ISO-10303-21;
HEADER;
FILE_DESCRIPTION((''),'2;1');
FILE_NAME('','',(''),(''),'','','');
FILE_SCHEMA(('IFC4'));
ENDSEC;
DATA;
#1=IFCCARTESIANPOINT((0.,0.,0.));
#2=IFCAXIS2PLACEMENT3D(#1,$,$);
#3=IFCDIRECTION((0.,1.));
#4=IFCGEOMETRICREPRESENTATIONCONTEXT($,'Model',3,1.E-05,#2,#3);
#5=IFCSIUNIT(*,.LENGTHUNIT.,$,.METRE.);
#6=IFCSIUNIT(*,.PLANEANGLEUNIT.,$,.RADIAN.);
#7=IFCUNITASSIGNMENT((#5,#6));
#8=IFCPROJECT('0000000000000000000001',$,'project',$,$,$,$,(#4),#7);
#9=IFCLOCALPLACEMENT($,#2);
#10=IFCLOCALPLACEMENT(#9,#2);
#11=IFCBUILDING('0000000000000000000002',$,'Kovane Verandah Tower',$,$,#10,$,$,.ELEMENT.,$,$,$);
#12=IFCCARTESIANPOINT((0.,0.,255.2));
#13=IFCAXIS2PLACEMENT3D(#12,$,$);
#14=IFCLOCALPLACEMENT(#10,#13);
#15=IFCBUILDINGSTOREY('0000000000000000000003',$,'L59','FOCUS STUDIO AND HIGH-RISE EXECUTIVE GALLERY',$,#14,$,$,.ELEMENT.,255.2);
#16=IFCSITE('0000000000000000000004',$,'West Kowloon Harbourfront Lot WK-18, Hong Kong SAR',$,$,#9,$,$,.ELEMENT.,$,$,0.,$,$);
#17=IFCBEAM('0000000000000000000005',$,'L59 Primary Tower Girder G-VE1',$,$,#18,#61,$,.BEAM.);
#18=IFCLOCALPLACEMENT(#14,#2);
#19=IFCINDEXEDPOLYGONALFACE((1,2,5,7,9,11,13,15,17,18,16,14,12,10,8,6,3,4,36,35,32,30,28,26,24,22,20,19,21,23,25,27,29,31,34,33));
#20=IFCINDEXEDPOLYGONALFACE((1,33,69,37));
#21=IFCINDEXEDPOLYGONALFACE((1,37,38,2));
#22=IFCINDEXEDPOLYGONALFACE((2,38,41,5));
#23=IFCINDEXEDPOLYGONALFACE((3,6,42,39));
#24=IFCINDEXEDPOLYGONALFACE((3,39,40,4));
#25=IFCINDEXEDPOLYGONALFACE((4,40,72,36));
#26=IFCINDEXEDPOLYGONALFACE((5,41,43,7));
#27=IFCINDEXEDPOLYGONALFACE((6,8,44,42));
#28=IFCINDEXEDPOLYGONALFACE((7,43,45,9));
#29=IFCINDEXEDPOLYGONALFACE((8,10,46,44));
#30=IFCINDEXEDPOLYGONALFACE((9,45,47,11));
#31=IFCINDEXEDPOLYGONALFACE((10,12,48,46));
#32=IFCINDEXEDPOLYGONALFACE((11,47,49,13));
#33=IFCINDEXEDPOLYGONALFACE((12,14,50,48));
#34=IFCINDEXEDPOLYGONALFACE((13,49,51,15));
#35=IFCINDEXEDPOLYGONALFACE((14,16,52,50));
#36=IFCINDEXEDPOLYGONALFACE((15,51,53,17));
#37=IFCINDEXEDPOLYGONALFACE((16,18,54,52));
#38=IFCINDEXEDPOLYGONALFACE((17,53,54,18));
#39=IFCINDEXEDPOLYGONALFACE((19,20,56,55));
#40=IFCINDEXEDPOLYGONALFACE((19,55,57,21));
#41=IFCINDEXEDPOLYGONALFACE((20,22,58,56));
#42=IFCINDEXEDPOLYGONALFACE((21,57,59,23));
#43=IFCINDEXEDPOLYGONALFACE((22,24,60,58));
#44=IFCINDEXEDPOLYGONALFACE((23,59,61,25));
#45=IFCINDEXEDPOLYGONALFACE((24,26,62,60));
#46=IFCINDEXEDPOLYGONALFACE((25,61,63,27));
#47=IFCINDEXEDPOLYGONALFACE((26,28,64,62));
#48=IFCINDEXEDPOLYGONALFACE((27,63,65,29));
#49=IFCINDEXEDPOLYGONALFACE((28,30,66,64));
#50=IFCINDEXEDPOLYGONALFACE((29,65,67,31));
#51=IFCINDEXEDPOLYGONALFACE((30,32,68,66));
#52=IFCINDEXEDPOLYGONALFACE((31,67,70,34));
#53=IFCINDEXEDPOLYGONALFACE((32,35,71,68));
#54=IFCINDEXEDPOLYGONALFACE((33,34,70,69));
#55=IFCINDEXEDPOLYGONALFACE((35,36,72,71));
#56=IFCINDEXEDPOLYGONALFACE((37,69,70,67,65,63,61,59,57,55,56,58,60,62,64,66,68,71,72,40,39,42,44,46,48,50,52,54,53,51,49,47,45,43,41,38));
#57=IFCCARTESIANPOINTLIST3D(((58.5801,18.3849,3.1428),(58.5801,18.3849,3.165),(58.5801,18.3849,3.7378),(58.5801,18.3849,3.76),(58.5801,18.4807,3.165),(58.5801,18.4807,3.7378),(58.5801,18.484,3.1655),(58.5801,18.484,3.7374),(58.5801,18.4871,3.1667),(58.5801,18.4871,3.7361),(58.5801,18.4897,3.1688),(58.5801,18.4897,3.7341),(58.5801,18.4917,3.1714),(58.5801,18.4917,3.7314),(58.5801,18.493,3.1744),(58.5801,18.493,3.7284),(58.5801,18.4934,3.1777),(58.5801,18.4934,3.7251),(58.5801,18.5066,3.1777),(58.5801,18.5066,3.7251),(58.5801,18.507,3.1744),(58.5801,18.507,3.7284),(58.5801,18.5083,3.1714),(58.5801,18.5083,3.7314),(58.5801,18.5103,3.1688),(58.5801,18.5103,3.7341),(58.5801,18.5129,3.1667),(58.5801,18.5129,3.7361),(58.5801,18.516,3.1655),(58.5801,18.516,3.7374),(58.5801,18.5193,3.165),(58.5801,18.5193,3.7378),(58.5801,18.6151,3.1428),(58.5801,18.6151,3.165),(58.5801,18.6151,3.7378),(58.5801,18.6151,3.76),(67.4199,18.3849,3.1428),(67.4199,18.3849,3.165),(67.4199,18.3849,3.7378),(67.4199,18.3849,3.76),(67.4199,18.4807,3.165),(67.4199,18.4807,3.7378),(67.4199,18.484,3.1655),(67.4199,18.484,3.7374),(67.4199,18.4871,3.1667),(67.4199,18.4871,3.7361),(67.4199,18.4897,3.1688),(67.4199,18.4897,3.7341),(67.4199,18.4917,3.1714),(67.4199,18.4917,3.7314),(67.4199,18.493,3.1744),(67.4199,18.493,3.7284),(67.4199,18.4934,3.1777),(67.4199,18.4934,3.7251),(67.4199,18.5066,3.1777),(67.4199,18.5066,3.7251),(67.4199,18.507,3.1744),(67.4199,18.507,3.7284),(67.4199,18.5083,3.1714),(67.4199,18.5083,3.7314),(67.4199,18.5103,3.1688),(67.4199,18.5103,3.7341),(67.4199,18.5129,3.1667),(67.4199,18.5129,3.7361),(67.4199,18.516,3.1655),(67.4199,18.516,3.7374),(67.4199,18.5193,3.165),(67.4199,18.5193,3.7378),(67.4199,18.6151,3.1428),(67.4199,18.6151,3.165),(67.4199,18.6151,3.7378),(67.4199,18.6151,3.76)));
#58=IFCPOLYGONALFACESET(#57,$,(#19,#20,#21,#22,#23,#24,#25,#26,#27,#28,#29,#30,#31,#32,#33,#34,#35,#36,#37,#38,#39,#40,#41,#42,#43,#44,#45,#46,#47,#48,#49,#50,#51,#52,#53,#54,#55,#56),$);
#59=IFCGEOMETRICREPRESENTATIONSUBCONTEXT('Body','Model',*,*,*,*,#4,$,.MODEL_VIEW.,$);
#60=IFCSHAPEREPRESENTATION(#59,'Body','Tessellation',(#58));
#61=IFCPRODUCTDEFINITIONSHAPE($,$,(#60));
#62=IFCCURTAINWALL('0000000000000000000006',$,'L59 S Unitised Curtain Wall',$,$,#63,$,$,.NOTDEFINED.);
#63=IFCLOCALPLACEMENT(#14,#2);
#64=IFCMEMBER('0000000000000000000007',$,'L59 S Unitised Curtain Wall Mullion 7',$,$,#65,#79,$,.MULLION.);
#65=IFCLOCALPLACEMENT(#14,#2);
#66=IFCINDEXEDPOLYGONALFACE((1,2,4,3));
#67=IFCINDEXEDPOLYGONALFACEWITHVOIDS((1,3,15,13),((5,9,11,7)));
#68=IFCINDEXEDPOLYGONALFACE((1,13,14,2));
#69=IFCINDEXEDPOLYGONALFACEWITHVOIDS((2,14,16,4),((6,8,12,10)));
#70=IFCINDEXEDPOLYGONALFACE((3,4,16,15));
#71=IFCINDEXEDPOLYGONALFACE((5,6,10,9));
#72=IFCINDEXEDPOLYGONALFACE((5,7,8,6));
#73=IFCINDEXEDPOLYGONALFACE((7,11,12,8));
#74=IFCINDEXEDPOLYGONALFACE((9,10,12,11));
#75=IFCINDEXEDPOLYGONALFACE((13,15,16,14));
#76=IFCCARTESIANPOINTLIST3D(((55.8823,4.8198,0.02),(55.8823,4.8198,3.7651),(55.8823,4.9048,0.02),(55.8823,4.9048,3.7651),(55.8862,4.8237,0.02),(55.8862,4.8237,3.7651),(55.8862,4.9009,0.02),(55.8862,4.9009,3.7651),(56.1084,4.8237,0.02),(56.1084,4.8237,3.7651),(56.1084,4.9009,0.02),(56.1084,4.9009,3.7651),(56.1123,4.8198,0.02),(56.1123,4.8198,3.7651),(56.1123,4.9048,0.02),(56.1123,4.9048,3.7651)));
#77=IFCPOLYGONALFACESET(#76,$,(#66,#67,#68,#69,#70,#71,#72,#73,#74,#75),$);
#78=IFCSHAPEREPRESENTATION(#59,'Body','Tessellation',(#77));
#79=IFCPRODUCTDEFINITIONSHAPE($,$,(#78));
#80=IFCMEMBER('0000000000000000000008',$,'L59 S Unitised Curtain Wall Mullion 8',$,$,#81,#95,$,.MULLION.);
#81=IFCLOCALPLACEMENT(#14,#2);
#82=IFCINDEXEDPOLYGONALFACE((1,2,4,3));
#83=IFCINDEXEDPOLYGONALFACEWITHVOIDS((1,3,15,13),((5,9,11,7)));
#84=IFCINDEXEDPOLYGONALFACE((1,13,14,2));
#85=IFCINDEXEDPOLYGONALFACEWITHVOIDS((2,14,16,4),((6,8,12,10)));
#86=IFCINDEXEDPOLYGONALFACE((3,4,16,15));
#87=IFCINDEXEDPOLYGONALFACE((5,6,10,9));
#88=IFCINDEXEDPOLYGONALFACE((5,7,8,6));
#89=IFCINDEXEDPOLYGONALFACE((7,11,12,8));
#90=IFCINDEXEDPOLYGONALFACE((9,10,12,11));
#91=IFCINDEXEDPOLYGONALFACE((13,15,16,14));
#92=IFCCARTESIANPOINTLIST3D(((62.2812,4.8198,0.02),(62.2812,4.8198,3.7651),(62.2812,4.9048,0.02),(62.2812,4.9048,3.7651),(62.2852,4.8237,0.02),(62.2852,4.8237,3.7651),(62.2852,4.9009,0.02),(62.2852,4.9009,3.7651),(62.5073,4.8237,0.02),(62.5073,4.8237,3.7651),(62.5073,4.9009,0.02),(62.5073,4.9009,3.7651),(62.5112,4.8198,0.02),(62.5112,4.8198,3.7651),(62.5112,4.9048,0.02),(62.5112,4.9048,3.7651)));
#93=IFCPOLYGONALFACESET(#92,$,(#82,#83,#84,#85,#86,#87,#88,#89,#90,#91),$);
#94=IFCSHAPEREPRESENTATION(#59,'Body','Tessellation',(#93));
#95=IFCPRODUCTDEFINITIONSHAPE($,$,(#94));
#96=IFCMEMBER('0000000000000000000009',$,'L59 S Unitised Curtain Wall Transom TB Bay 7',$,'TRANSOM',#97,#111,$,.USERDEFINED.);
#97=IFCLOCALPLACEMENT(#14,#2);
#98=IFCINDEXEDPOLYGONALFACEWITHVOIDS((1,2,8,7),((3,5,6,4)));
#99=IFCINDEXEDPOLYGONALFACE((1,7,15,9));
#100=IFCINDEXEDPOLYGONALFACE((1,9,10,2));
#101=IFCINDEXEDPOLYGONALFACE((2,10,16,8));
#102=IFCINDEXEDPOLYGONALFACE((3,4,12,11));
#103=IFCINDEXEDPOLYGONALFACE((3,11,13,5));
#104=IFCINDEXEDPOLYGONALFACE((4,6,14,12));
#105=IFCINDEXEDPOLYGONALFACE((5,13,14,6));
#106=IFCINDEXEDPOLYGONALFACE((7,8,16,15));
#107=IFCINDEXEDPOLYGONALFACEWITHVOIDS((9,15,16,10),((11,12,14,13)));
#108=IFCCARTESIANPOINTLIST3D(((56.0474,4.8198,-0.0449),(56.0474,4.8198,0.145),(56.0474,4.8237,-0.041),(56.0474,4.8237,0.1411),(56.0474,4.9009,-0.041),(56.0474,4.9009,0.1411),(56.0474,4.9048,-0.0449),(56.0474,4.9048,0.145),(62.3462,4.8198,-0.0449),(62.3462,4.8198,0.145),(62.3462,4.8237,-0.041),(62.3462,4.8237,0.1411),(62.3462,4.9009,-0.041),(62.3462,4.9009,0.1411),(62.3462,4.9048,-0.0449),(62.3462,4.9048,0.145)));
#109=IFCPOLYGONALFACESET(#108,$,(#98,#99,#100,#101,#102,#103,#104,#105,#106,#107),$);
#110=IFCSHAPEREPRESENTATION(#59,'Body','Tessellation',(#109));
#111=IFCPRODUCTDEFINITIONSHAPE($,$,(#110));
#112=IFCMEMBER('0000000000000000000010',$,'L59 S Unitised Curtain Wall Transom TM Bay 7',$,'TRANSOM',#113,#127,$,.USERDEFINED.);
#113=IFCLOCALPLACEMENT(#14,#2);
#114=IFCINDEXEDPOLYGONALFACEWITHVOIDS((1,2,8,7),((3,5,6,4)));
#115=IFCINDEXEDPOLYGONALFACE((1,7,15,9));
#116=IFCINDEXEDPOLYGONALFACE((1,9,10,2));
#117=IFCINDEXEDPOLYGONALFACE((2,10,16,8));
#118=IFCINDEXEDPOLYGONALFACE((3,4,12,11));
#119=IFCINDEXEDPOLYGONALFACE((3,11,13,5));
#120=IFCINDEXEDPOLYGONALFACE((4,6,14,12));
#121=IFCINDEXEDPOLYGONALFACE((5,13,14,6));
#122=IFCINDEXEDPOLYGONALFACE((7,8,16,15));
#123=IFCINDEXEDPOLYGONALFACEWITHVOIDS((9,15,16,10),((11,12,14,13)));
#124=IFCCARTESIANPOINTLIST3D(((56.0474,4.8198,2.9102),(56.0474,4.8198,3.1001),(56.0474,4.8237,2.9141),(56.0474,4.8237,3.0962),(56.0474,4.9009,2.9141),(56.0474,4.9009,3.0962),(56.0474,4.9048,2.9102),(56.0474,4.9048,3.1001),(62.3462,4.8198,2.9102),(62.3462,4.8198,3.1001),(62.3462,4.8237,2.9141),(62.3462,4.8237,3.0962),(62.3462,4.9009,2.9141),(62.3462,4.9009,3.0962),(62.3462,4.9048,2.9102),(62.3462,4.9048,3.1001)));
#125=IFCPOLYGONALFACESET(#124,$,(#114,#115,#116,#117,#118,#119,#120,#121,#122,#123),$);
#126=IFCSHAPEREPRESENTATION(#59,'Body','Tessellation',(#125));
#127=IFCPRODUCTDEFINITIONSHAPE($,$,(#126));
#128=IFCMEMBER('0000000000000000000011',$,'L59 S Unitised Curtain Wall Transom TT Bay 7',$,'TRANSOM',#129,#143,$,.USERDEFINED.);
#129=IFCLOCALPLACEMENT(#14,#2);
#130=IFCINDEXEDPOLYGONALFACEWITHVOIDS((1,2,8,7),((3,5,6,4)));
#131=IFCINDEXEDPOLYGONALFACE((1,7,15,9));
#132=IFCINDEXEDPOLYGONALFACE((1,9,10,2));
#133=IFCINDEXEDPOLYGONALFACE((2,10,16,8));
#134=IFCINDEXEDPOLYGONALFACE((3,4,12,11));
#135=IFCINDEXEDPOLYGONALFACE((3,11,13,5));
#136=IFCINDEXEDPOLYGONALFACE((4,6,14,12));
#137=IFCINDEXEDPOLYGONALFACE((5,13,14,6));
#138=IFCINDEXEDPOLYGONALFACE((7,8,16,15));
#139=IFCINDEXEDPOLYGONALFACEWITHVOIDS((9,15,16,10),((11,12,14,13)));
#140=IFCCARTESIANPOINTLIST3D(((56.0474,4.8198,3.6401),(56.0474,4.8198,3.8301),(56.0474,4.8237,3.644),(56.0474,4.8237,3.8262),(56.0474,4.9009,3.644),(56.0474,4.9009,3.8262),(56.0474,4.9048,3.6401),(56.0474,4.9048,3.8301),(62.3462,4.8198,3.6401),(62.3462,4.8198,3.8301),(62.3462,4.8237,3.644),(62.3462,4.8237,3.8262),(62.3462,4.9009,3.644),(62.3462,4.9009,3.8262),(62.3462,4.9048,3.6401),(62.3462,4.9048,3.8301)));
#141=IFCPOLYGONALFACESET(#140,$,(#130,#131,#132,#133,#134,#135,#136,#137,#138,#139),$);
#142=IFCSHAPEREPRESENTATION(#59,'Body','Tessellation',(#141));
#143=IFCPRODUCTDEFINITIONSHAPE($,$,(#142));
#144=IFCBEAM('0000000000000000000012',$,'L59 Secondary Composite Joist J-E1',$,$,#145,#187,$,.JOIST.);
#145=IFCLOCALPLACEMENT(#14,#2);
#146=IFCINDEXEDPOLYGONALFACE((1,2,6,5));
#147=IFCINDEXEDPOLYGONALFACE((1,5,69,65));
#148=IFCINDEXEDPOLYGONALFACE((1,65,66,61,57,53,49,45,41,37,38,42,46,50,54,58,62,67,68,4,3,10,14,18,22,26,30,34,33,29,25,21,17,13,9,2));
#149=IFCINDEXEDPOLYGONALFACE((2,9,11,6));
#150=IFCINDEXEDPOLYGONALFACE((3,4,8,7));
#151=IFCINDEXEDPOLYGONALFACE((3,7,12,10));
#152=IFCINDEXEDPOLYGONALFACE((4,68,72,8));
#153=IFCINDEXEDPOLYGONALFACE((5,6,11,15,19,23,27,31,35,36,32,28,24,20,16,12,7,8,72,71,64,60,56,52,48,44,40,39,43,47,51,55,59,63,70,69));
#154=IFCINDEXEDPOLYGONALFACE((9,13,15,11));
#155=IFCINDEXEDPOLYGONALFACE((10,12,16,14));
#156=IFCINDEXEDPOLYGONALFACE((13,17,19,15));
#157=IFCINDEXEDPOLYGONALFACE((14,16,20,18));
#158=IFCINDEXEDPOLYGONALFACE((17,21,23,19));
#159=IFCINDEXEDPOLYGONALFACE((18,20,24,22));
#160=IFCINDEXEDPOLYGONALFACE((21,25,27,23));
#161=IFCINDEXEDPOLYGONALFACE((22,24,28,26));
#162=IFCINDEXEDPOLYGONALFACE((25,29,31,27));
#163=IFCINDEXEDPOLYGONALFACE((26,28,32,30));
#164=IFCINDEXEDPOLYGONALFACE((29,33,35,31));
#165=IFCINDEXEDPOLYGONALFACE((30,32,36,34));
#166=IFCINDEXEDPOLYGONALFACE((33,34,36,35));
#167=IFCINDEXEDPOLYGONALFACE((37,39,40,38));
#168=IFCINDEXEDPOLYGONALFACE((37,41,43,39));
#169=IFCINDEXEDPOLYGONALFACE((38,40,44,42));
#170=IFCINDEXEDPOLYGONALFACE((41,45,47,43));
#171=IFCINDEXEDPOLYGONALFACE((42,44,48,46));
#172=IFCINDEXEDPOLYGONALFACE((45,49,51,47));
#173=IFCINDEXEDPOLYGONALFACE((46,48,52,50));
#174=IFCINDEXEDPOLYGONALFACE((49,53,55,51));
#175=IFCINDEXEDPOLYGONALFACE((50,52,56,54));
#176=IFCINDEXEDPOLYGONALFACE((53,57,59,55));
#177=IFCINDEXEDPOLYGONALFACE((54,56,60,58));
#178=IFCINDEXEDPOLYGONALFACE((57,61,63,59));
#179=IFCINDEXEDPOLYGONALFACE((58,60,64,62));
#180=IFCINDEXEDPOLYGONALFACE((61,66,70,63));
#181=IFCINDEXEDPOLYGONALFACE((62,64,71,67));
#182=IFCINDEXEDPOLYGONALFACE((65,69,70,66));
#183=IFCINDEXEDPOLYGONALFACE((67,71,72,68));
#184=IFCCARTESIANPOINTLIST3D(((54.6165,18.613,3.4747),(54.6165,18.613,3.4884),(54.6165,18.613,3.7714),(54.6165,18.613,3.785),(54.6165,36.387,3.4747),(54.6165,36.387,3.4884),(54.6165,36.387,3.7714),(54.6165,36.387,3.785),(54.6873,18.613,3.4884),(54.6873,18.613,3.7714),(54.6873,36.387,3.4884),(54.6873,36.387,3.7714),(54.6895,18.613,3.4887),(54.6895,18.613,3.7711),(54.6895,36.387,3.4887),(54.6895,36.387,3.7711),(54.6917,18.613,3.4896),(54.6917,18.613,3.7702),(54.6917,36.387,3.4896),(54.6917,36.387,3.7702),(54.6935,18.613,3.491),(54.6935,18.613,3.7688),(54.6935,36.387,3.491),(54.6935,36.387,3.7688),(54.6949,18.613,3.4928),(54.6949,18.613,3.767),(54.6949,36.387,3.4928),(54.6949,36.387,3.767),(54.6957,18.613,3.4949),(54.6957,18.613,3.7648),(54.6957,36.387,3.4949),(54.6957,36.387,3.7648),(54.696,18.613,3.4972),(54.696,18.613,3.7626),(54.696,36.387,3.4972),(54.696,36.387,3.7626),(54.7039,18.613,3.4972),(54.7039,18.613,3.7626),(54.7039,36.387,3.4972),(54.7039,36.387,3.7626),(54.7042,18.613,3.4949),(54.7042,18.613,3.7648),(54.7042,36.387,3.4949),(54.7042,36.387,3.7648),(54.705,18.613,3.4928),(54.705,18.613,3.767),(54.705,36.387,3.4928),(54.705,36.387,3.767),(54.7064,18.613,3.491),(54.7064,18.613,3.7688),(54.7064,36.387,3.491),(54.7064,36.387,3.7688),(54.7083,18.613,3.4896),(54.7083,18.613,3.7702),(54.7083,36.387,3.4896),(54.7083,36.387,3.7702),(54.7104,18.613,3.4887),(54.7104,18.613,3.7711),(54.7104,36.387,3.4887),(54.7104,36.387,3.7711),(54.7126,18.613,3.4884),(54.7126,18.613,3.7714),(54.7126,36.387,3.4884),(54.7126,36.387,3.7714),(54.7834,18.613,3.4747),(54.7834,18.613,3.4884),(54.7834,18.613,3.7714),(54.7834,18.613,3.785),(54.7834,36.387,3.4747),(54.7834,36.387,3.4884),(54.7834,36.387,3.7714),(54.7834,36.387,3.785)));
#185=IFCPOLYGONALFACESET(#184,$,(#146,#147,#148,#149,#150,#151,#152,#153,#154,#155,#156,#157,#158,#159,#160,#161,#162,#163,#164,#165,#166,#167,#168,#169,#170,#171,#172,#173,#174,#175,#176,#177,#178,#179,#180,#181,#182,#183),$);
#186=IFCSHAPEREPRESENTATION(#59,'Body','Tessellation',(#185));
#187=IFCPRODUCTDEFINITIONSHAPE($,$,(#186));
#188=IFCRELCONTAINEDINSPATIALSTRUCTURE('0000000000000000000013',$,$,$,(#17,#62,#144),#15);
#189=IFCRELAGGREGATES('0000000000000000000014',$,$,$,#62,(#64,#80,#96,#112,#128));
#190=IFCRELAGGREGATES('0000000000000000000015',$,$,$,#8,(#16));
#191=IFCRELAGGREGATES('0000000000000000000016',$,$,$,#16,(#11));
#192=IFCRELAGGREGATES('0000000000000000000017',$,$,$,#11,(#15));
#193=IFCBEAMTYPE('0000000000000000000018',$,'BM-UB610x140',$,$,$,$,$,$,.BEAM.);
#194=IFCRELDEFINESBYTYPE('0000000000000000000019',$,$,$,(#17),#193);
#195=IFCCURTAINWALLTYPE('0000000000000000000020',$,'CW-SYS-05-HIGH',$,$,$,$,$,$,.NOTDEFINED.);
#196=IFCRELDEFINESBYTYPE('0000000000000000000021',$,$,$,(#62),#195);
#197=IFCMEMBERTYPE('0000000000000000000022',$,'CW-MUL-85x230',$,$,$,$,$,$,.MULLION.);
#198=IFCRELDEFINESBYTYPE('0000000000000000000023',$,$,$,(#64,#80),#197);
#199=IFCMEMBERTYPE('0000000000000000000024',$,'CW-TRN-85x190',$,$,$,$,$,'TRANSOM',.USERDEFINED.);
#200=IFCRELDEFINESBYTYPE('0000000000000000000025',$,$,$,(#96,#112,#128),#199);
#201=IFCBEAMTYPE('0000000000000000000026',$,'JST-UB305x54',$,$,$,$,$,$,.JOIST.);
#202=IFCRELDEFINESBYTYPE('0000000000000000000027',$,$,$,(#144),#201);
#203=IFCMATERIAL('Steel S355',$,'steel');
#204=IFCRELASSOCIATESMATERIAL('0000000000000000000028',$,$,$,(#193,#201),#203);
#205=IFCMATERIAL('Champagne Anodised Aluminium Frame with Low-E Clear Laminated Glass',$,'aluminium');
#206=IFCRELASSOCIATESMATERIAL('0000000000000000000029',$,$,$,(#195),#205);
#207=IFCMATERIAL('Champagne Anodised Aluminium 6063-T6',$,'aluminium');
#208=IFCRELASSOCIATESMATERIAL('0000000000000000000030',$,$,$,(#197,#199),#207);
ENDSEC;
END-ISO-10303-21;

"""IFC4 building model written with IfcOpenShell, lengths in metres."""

from ifc_helpers import new_model, si_unit, direction, frame, origin, origin_2d, place, context, subcontext, project, spatial, hollow_rectangle, i_section, extrude, material, material_profile, profile_set, type_object, element, aggregate, save


model = new_model("IFC4")

# Units and contexts
model_context = context("Model", 3, precision=1e-05, world=origin(), true_north=direction((0.0, 1.0)))
body_context = subcontext(model_context, "Body", "Model", "MODEL_VIEW")
ifc_project = project(units=[si_unit("LENGTHUNIT", "METRE"), si_unit("PLANEANGLEUNIT", "RADIAN")], contexts=[model_context])

# Site, building, storey
site_placement = place(None, origin())
site = spatial("IfcSite", under=ifc_project, at=site_placement, Name="West Kowloon Harbourfront Lot WK-18, Hong Kong SAR", CompositionType="ELEMENT", RefElevation=0.0)
building_placement = place(site_placement, origin())
building = spatial("IfcBuilding", under=site, at=building_placement, Name="Kovane Verandah Tower", CompositionType="ELEMENT")
storey_placement = place(building_placement, frame((0.0, 0.0, 255.2)))
storey = spatial("IfcBuildingStorey", under=building, at=storey_placement, Name="L59", Description="FOCUS STUDIO AND HIGH-RISE EXECUTIVE GALLERY", CompositionType="ELEMENT", Elevation=255.2)

# Beam
ifc_material_1 = material(Name="Steel S355", Category="steel")
ifc_material_profile_1 = material_profile(ifc_material_1, i_section(OverallWidth=0.2302, OverallDepth=0.6172, WebThickness=0.0132, FlangeThickness=0.0222, FilletRadius=0.0127, at=origin_2d()), Name="UB610x229x140")
ifc_profile_set_1 = profile_set([ifc_material_profile_1], Name="Steel S355")
beam_type_1 = type_object("IfcBeamType", Name="BM-UB610x140", PredefinedType="BEAM", material=ifc_profile_set_1)
beam_1_placement = place(storey_placement, frame((58.5801, 18.5, 3.4514), z_axis=(1.0, 0.0, 0.0), x_axis=(0.0, 1.0, 0.0)))
element("IfcBeam", 1, at=beam_1_placement, inside=storey, type_object=beam_type_1, Name="L59 Primary Tower Girder G-VE1", PredefinedType="BEAM", context=body_context, shape_type="SweptSolid", body=[
    extrude(i_section(OverallWidth=0.2302, OverallDepth=0.6172, WebThickness=0.0132, FlangeThickness=0.0222, FilletRadius=0.0127, at=origin_2d()), origin(), (0.0, 0.0, 1.0), 8.8398),
])

# Curtain wall, members
ifc_material_2 = material(Name="Champagne Anodised Aluminium Frame with Low-E Clear Laminated Glass", Category="aluminium")
curtain_wall_type = type_object("IfcCurtainWallType", Name="CW-SYS-05-HIGH", PredefinedType="NOTDEFINED", material=ifc_material_2)
curtain_wall_placement = place(storey_placement, origin())
curtain_wall = element("IfcCurtainWall", 2, at=curtain_wall_placement, inside=storey, type_object=curtain_wall_type, Name="L59 S Unitised Curtain Wall", PredefinedType="NOTDEFINED")
ifc_material_3 = material(Name="Champagne Anodised Aluminium 6063-T6", Category="aluminium")
ifc_material_profile_2 = material_profile(ifc_material_3, hollow_rectangle(XDim=0.085, YDim=0.23, WallThickness=0.0039, at=origin_2d()), Name="AL85x230x4")
ifc_profile_set_2 = profile_set([ifc_material_profile_2], Name="Champagne Anodised Aluminium 6063-T6")
member_type_1 = type_object("IfcMemberType", Name="CW-MUL-85x230", PredefinedType="MULLION", material=ifc_profile_set_2)
member_1_placement = place(storey_placement, frame((55.9973, 4.8623, 0.02), z_axis=(0.0, 0.0, 1.0), x_axis=(0.0, -1.0, 0.0)))
member_1 = element("IfcMember", 3, at=member_1_placement, type_object=member_type_1, Name="L59 S Unitised Curtain Wall Mullion 7", PredefinedType="MULLION", context=body_context, shape_type="SweptSolid", body=[
    extrude(hollow_rectangle(XDim=0.085, YDim=0.23, WallThickness=0.0039, at=origin_2d()), origin(), (0.0, 0.0, 1.0), 3.7451),
])
member_2_placement = place(storey_placement, frame((62.3962, 4.8623, 0.02), z_axis=(0.0, 0.0, 1.0), x_axis=(0.0, -1.0, 0.0)))
member_2 = element("IfcMember", 4, at=member_2_placement, type_object=member_type_1, Name="L59 S Unitised Curtain Wall Mullion 8", PredefinedType="MULLION", context=body_context, shape_type="SweptSolid", body=[
    extrude(hollow_rectangle(XDim=0.085, YDim=0.23, WallThickness=0.0039, at=origin_2d()), origin(), (0.0, 0.0, 1.0), 3.7451),
])
ifc_material_profile_3 = material_profile(ifc_material_3, hollow_rectangle(XDim=0.085, YDim=0.1899, WallThickness=0.0039, at=origin_2d()), Name="AL85x190x4")
ifc_profile_set_3 = profile_set([ifc_material_profile_3], Name="Champagne Anodised Aluminium 6063-T6")
member_type_2 = type_object("IfcMemberType", Name="CW-TRN-85x190", ElementType="TRANSOM", PredefinedType="USERDEFINED", material=ifc_profile_set_3)
member_3_placement = place(storey_placement, frame((56.0474, 4.8623, 0.05), z_axis=(1.0, 0.0, 0.0), x_axis=(0.0, 1.0, 0.0)))
member_3 = element("IfcMember", 5, at=member_3_placement, type_object=member_type_2, Name="L59 S Unitised Curtain Wall Transom TB Bay 7", ObjectType="TRANSOM", PredefinedType="USERDEFINED", context=body_context, shape_type="SweptSolid", body=[
    extrude(hollow_rectangle(XDim=0.085, YDim=0.1899, WallThickness=0.0039, at=origin_2d()), origin(), (0.0, 0.0, 1.0), 6.2988),
])
member_4_placement = place(storey_placement, frame((56.0474, 4.8623, 3.0051), z_axis=(1.0, 0.0, 0.0), x_axis=(0.0, 1.0, 0.0)))
member_4 = element("IfcMember", 6, at=member_4_placement, type_object=member_type_2, Name="L59 S Unitised Curtain Wall Transom TM Bay 7", ObjectType="TRANSOM", PredefinedType="USERDEFINED", context=body_context, shape_type="SweptSolid", body=[
    extrude(hollow_rectangle(XDim=0.085, YDim=0.1899, WallThickness=0.0039, at=origin_2d()), origin(), (0.0, 0.0, 1.0), 6.2988),
])
member_5_placement = place(storey_placement, frame((56.0474, 4.8623, 3.7351), z_axis=(1.0, 0.0, 0.0), x_axis=(0.0, 1.0, 0.0)))
member_5 = element("IfcMember", 7, at=member_5_placement, type_object=member_type_2, Name="L59 S Unitised Curtain Wall Transom TT Bay 7", ObjectType="TRANSOM", PredefinedType="USERDEFINED", context=body_context, shape_type="SweptSolid", body=[
    extrude(hollow_rectangle(XDim=0.085, YDim=0.1899, WallThickness=0.0039, at=origin_2d()), origin(), (0.0, 0.0, 1.0), 6.2988),
])

# Beam
ifc_material_profile_4 = material_profile(ifc_material_1, i_section(OverallWidth=0.167, OverallDepth=0.3103, WebThickness=0.0078, FlangeThickness=0.0137, FilletRadius=0.0088, at=origin_2d()), Name="UB305x165x54")
ifc_profile_set_4 = profile_set([ifc_material_profile_4], Name="Steel S355")
beam_type_2 = type_object("IfcBeamType", Name="JST-UB305x54", PredefinedType="JOIST", material=ifc_profile_set_4)
beam_2_placement = place(storey_placement, frame((54.7, 18.613, 3.6299), z_axis=(0.0, 1.0, 0.0), x_axis=(-1.0, 0.0, 0.0)))
element("IfcBeam", 8, at=beam_2_placement, inside=storey, type_object=beam_type_2, Name="L59 Secondary Composite Joist J-E1", PredefinedType="JOIST", context=body_context, shape_type="SweptSolid", body=[
    extrude(i_section(OverallWidth=0.167, OverallDepth=0.3103, WebThickness=0.0078, FlangeThickness=0.0137, FilletRadius=0.0088, at=origin_2d()), origin(), (0.0, 0.0, 1.0), 17.7739),
])

aggregate(curtain_wall, [member_1, member_2, member_3, member_4, member_5])

save(model, "model.ifc")
